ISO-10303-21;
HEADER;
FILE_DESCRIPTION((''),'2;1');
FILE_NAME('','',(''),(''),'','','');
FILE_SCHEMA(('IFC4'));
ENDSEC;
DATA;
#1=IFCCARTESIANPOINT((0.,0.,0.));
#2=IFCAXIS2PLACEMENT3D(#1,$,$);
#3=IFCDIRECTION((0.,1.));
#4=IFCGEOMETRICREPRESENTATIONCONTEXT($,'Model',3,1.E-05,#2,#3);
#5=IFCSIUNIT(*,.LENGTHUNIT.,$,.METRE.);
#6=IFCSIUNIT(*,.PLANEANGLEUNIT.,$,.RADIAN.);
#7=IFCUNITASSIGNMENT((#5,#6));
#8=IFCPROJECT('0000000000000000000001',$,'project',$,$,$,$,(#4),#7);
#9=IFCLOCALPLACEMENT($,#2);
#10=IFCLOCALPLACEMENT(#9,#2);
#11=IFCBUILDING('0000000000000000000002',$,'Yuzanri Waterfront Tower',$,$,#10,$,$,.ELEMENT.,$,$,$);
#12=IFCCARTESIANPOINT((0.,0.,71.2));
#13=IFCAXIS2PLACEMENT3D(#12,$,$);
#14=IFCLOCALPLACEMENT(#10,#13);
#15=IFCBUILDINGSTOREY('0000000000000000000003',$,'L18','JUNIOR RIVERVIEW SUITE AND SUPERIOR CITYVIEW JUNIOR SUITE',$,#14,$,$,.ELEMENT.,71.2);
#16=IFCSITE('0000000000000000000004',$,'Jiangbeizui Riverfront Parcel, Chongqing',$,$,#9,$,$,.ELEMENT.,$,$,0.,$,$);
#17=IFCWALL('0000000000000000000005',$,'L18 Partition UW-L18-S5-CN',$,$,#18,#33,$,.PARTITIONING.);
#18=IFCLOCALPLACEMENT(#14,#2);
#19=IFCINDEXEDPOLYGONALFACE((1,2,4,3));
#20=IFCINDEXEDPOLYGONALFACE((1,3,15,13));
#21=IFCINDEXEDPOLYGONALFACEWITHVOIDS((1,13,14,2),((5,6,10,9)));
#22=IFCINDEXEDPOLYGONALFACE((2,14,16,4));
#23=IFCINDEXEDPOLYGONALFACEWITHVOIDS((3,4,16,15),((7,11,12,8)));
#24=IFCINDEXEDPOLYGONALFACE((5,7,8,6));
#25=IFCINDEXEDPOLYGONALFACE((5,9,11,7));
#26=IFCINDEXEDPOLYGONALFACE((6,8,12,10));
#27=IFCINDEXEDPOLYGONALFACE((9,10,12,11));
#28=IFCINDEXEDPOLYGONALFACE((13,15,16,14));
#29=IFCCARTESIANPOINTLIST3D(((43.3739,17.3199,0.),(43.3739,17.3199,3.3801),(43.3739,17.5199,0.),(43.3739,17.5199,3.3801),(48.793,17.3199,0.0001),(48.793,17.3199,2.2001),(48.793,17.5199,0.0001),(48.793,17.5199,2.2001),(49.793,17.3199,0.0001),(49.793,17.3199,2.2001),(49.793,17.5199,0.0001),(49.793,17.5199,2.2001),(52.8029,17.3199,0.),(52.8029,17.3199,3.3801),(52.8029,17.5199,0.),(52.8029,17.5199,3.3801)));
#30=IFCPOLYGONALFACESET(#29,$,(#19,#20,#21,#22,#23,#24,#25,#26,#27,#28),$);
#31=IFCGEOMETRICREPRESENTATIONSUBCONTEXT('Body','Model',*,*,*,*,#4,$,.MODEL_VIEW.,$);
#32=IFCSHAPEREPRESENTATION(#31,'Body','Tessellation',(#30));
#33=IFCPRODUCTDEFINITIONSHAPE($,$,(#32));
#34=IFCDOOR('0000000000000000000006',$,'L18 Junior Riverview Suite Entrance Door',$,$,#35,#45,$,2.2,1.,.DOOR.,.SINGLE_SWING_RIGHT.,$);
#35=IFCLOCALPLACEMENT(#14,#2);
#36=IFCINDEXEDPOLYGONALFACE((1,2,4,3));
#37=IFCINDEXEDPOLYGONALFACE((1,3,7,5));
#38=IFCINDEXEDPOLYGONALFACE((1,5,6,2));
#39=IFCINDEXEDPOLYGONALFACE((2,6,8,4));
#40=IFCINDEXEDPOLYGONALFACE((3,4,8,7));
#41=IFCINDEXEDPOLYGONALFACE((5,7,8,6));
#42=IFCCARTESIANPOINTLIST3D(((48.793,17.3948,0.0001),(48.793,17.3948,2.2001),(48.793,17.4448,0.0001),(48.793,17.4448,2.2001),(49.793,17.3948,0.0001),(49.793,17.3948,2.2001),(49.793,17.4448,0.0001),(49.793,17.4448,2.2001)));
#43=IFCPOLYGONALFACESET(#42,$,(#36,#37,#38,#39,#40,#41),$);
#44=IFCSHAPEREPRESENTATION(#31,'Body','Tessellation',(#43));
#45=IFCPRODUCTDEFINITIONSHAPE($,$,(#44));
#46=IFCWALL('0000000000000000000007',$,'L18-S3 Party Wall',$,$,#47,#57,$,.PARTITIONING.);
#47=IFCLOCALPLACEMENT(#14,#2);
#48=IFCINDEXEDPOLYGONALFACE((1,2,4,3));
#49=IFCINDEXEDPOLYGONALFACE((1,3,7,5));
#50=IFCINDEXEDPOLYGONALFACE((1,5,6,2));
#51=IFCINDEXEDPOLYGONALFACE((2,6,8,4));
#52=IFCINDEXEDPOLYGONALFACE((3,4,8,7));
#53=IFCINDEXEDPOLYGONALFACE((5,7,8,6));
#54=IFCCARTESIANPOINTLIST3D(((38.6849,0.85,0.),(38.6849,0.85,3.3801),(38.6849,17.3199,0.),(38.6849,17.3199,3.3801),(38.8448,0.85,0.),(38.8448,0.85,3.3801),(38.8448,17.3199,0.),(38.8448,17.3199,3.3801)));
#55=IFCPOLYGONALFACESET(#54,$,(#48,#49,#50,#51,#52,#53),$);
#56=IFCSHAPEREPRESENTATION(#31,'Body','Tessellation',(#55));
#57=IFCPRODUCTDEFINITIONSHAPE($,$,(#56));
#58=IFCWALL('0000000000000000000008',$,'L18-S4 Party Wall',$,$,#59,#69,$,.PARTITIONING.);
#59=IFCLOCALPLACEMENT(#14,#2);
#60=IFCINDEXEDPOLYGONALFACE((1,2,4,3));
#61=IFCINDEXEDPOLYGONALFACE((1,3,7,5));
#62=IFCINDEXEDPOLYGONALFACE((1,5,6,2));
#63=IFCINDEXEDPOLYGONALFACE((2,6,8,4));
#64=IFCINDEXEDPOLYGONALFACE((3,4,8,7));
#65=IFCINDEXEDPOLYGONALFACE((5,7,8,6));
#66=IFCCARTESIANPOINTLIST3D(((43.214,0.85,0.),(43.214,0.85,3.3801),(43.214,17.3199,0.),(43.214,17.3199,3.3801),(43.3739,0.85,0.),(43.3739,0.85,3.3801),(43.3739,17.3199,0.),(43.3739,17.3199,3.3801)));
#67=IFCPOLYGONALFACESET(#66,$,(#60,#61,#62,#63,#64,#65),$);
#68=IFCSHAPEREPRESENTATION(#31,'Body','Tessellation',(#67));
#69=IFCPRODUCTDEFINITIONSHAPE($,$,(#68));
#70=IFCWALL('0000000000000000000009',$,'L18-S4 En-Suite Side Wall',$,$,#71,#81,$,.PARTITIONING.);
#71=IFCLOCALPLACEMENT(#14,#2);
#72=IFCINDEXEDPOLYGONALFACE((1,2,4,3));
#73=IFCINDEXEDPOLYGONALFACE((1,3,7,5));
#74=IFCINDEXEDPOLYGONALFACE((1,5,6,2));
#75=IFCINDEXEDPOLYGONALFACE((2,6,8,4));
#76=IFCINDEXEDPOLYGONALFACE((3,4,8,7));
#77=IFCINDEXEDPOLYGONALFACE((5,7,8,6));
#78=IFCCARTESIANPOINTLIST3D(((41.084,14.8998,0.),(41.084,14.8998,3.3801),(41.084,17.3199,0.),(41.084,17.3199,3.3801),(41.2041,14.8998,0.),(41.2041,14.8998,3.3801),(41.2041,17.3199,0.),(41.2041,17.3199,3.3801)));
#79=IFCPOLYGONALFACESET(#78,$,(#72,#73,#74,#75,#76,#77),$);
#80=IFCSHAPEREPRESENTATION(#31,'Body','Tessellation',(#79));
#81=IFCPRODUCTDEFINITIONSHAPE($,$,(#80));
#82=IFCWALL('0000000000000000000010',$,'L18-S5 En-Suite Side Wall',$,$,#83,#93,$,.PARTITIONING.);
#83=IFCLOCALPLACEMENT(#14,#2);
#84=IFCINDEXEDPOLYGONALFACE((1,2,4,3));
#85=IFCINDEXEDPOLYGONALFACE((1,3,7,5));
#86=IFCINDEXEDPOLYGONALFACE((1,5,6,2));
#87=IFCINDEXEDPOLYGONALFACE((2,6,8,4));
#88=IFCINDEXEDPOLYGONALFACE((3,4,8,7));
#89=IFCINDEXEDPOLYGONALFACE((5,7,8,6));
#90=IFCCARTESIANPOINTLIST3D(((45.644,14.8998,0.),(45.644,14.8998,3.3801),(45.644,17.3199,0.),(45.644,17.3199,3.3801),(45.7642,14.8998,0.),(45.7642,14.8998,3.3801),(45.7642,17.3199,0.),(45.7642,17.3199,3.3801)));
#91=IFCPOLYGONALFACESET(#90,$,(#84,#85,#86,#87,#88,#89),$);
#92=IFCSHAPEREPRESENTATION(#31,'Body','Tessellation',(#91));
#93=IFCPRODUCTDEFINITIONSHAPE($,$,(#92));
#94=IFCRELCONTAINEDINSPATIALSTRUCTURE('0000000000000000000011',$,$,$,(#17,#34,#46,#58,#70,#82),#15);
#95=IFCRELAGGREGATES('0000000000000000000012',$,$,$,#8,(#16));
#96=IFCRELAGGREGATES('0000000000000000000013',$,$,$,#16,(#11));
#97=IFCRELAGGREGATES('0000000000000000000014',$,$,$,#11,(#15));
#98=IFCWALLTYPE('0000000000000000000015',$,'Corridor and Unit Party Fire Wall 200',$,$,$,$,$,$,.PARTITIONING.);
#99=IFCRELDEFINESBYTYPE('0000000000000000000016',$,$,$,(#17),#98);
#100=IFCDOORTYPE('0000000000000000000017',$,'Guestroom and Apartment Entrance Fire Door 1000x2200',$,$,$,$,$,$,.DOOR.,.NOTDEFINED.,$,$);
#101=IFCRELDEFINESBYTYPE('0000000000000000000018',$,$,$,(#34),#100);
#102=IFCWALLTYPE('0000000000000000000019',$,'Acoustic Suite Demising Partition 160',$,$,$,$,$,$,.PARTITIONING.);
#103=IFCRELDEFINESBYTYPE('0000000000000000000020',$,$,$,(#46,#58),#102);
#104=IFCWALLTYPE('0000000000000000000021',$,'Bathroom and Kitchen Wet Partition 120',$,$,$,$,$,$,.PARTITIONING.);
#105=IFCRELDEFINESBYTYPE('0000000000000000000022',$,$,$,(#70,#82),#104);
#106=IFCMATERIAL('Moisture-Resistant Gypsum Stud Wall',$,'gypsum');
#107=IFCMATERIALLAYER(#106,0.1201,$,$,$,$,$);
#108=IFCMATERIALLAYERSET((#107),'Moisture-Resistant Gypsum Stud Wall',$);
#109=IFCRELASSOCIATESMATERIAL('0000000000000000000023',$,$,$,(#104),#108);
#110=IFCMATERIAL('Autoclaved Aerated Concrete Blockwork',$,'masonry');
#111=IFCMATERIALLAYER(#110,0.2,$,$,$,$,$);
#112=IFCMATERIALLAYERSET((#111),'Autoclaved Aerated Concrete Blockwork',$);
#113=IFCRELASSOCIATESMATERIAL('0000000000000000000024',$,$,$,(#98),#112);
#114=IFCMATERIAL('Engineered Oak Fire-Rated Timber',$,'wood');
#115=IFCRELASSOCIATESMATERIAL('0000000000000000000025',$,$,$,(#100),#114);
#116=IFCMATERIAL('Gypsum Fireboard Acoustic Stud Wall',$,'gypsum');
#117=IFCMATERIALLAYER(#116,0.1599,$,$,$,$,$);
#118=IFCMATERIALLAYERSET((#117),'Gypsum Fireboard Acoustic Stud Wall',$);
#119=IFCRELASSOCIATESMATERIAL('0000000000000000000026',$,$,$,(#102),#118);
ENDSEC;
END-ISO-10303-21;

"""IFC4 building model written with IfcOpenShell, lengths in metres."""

from ifc_helpers import new_model, si_unit, direction, frame, frame_2d, origin, place, context, subcontext, project, spatial, rectangle, extrude, source, transform, mapped, material, layer, layer_set, type_object, element, fill, save


model = new_model("IFC4")

# Units and contexts
model_context = context("Model", 3, precision=1e-05, world=origin(), true_north=direction((0.0, 1.0)))
body_context = subcontext(model_context, "Body", "Model", "MODEL_VIEW")
ifc_project = project(units=[si_unit("LENGTHUNIT", "METRE"), si_unit("PLANEANGLEUNIT", "RADIAN")], contexts=[model_context])

# Site, building, storey
site_placement = place(None, origin())
site = spatial("IfcSite", under=ifc_project, at=site_placement, Name="Jiangbeizui Riverfront Parcel, Chongqing", CompositionType="ELEMENT", RefElevation=0.0)
building_placement = place(site_placement, origin())
building = spatial("IfcBuilding", under=site, at=building_placement, Name="Yuzanri Waterfront Tower", CompositionType="ELEMENT")
storey_placement = place(building_placement, frame((0.0, 0.0, 71.2)))
storey = spatial("IfcBuildingStorey", under=building, at=storey_placement, Name="L18", Description="JUNIOR RIVERVIEW SUITE AND SUPERIOR CITYVIEW JUNIOR SUITE", CompositionType="ELEMENT", Elevation=71.2)

# Wall, opening, door
ifc_material_1 = material(Name="Moisture-Resistant Gypsum Stud Wall", Category="gypsum")
ifc_layer_1 = layer(ifc_material_1, 0.1201)
ifc_layer_set_1 = layer_set([ifc_layer_1], Name="Moisture-Resistant Gypsum Stud Wall")
wall_type_1 = type_object("IfcWallType", Name="Bathroom and Kitchen Wet Partition 120", PredefinedType="PARTITIONING", material=ifc_layer_set_1)
ifc_material_2 = material(Name="Autoclaved Aerated Concrete Blockwork", Category="masonry")
ifc_layer_2 = layer(ifc_material_2, 0.2)
ifc_layer_set_2 = layer_set([ifc_layer_2], Name="Autoclaved Aerated Concrete Blockwork")
wall_type_2 = type_object("IfcWallType", Name="Corridor and Unit Party Fire Wall 200", PredefinedType="PARTITIONING", material=ifc_layer_set_2)
ifc_material_3 = material(Name="Engineered Oak Fire-Rated Timber", Category="wood")
door_type_1 = type_object("IfcDoorType", Name="Guestroom and Apartment Entrance Fire Door 1000x2200", OperationType="NOTDEFINED", PredefinedType="DOOR", material=ifc_material_3)
shared_shape_1 = source(origin(), body_context, "Body", "SweptSolid", [
    extrude(rectangle(XDim=1.0, YDim=2.2, at=frame_2d((0.5, 1.1001))), frame((0.0, 0.0249, 0.0), z_axis=(0.0, -1.0, 0.0), x_axis=(1.0, 0.0, 0.0)), (0.0, 0.0, 1.0), 0.05),
])
wall_1_placement = place(storey_placement, frame((43.374, 17.4199, 0.0), z_axis=(0.0, 0.0, 1.0), x_axis=(1.0, 0.0, 0.0)))
wall_1 = element("IfcWall", 1, at=wall_1_placement, inside=storey, type_object=wall_type_2, Name="L18 Partition UW-L18-S5-CN", PredefinedType="PARTITIONING", context=body_context, shape_type="SweptSolid", body=[
    extrude(rectangle(XDim=9.429, YDim=0.2, at=frame_2d((4.7144, 0.0))), origin(), (0.0, 0.0, 1.0), 3.3801),
])
opening_1_placement = place(wall_1_placement, frame((5.4189, 0.0, 0.0)))
opening_1 = element("IfcOpeningElement", 2, at=opening_1_placement, cuts=wall_1, PredefinedType="OPENING", context=body_context, shape_type="SweptSolid", body=[
    extrude(rectangle(XDim=1.0, YDim=2.2, at=frame_2d((0.5, 1.1001))), frame((0.0, 0.1147, 0.0), z_axis=(0.0, -1.0, 0.0), x_axis=(1.0, 0.0, 0.0)), (0.0, 0.0, 1.0), 0.2297),
])
door_1_placement = place(opening_1_placement, origin())
door_1 = element("IfcDoor", 3, at=door_1_placement, inside=storey, type_object=door_type_1, Name="L18 Junior Riverview Suite Entrance Door", OperationType="SINGLE_SWING_RIGHT", OverallHeight=2.2, OverallWidth=1.0, PredefinedType="DOOR", context=body_context, shape_type="MappedRepresentation", body=[
    mapped(shared_shape_1, transform((0.0, 0.0, 0.0), scale=1.0)),
])
fill(opening_1, door_1)

# Walls
ifc_material_4 = material(Name="Gypsum Fireboard Acoustic Stud Wall", Category="gypsum")
ifc_layer_3 = layer(ifc_material_4, 0.1599)
ifc_layer_set_3 = layer_set([ifc_layer_3], Name="Gypsum Fireboard Acoustic Stud Wall")
wall_type_3 = type_object("IfcWallType", Name="Acoustic Suite Demising Partition 160", PredefinedType="PARTITIONING", material=ifc_layer_set_3)
shared_shape_2 = source(origin(), body_context, "Body", "SweptSolid", [
    extrude(rectangle(XDim=16.47, YDim=0.1599, at=frame_2d((8.2349, 0.0))), origin(), (0.0, 0.0, 1.0), 3.3801),
])
for number, where, z_axis, x_axis, name in (
    (4, (38.7649, 0.8501, 0.0), (0.0, 0.0, 1.0), (0.0, 1.0, 0.0), "L18-S3 Party Wall"),
    (5, (43.2939, 0.8501, 0.0), (0.0, 0.0, 1.0), (0.0, 1.0, 0.0), "L18-S4 Party Wall"),
):
    element("IfcWall", number, at=place(storey_placement, frame(where, z_axis=z_axis, x_axis=x_axis)), inside=storey, type_object=wall_type_3, Name=name, PredefinedType="PARTITIONING", context=body_context, shape_type="MappedRepresentation", body=[
        mapped(shared_shape_2, transform((0.0, 0.0, 0.0), scale=1.0)),
    ])
shared_shape_3 = source(origin(), body_context, "Body", "SweptSolid", [
    extrude(rectangle(XDim=2.4202, YDim=0.1201, at=frame_2d((1.21, 0.0))), origin(), (0.0, 0.0, 1.0), 3.3801),
])
for number, where, z_axis, x_axis, name in (
    (6, (41.144, 14.8999, 0.0), (0.0, 0.0, 1.0), (0.0, 1.0, 0.0), "L18-S4 En-Suite Side Wall"),
    (7, (45.7041, 14.8999, 0.0), (0.0, 0.0, 1.0), (0.0, 1.0, 0.0), "L18-S5 En-Suite Side Wall"),
):
    element("IfcWall", number, at=place(storey_placement, frame(where, z_axis=z_axis, x_axis=x_axis)), inside=storey, type_object=wall_type_1, Name=name, PredefinedType="PARTITIONING", context=body_context, shape_type="MappedRepresentation", body=[
        mapped(shared_shape_3, transform((0.0, 0.0, 0.0), scale=1.0)),
    ])

save(model, "model.ifc")
